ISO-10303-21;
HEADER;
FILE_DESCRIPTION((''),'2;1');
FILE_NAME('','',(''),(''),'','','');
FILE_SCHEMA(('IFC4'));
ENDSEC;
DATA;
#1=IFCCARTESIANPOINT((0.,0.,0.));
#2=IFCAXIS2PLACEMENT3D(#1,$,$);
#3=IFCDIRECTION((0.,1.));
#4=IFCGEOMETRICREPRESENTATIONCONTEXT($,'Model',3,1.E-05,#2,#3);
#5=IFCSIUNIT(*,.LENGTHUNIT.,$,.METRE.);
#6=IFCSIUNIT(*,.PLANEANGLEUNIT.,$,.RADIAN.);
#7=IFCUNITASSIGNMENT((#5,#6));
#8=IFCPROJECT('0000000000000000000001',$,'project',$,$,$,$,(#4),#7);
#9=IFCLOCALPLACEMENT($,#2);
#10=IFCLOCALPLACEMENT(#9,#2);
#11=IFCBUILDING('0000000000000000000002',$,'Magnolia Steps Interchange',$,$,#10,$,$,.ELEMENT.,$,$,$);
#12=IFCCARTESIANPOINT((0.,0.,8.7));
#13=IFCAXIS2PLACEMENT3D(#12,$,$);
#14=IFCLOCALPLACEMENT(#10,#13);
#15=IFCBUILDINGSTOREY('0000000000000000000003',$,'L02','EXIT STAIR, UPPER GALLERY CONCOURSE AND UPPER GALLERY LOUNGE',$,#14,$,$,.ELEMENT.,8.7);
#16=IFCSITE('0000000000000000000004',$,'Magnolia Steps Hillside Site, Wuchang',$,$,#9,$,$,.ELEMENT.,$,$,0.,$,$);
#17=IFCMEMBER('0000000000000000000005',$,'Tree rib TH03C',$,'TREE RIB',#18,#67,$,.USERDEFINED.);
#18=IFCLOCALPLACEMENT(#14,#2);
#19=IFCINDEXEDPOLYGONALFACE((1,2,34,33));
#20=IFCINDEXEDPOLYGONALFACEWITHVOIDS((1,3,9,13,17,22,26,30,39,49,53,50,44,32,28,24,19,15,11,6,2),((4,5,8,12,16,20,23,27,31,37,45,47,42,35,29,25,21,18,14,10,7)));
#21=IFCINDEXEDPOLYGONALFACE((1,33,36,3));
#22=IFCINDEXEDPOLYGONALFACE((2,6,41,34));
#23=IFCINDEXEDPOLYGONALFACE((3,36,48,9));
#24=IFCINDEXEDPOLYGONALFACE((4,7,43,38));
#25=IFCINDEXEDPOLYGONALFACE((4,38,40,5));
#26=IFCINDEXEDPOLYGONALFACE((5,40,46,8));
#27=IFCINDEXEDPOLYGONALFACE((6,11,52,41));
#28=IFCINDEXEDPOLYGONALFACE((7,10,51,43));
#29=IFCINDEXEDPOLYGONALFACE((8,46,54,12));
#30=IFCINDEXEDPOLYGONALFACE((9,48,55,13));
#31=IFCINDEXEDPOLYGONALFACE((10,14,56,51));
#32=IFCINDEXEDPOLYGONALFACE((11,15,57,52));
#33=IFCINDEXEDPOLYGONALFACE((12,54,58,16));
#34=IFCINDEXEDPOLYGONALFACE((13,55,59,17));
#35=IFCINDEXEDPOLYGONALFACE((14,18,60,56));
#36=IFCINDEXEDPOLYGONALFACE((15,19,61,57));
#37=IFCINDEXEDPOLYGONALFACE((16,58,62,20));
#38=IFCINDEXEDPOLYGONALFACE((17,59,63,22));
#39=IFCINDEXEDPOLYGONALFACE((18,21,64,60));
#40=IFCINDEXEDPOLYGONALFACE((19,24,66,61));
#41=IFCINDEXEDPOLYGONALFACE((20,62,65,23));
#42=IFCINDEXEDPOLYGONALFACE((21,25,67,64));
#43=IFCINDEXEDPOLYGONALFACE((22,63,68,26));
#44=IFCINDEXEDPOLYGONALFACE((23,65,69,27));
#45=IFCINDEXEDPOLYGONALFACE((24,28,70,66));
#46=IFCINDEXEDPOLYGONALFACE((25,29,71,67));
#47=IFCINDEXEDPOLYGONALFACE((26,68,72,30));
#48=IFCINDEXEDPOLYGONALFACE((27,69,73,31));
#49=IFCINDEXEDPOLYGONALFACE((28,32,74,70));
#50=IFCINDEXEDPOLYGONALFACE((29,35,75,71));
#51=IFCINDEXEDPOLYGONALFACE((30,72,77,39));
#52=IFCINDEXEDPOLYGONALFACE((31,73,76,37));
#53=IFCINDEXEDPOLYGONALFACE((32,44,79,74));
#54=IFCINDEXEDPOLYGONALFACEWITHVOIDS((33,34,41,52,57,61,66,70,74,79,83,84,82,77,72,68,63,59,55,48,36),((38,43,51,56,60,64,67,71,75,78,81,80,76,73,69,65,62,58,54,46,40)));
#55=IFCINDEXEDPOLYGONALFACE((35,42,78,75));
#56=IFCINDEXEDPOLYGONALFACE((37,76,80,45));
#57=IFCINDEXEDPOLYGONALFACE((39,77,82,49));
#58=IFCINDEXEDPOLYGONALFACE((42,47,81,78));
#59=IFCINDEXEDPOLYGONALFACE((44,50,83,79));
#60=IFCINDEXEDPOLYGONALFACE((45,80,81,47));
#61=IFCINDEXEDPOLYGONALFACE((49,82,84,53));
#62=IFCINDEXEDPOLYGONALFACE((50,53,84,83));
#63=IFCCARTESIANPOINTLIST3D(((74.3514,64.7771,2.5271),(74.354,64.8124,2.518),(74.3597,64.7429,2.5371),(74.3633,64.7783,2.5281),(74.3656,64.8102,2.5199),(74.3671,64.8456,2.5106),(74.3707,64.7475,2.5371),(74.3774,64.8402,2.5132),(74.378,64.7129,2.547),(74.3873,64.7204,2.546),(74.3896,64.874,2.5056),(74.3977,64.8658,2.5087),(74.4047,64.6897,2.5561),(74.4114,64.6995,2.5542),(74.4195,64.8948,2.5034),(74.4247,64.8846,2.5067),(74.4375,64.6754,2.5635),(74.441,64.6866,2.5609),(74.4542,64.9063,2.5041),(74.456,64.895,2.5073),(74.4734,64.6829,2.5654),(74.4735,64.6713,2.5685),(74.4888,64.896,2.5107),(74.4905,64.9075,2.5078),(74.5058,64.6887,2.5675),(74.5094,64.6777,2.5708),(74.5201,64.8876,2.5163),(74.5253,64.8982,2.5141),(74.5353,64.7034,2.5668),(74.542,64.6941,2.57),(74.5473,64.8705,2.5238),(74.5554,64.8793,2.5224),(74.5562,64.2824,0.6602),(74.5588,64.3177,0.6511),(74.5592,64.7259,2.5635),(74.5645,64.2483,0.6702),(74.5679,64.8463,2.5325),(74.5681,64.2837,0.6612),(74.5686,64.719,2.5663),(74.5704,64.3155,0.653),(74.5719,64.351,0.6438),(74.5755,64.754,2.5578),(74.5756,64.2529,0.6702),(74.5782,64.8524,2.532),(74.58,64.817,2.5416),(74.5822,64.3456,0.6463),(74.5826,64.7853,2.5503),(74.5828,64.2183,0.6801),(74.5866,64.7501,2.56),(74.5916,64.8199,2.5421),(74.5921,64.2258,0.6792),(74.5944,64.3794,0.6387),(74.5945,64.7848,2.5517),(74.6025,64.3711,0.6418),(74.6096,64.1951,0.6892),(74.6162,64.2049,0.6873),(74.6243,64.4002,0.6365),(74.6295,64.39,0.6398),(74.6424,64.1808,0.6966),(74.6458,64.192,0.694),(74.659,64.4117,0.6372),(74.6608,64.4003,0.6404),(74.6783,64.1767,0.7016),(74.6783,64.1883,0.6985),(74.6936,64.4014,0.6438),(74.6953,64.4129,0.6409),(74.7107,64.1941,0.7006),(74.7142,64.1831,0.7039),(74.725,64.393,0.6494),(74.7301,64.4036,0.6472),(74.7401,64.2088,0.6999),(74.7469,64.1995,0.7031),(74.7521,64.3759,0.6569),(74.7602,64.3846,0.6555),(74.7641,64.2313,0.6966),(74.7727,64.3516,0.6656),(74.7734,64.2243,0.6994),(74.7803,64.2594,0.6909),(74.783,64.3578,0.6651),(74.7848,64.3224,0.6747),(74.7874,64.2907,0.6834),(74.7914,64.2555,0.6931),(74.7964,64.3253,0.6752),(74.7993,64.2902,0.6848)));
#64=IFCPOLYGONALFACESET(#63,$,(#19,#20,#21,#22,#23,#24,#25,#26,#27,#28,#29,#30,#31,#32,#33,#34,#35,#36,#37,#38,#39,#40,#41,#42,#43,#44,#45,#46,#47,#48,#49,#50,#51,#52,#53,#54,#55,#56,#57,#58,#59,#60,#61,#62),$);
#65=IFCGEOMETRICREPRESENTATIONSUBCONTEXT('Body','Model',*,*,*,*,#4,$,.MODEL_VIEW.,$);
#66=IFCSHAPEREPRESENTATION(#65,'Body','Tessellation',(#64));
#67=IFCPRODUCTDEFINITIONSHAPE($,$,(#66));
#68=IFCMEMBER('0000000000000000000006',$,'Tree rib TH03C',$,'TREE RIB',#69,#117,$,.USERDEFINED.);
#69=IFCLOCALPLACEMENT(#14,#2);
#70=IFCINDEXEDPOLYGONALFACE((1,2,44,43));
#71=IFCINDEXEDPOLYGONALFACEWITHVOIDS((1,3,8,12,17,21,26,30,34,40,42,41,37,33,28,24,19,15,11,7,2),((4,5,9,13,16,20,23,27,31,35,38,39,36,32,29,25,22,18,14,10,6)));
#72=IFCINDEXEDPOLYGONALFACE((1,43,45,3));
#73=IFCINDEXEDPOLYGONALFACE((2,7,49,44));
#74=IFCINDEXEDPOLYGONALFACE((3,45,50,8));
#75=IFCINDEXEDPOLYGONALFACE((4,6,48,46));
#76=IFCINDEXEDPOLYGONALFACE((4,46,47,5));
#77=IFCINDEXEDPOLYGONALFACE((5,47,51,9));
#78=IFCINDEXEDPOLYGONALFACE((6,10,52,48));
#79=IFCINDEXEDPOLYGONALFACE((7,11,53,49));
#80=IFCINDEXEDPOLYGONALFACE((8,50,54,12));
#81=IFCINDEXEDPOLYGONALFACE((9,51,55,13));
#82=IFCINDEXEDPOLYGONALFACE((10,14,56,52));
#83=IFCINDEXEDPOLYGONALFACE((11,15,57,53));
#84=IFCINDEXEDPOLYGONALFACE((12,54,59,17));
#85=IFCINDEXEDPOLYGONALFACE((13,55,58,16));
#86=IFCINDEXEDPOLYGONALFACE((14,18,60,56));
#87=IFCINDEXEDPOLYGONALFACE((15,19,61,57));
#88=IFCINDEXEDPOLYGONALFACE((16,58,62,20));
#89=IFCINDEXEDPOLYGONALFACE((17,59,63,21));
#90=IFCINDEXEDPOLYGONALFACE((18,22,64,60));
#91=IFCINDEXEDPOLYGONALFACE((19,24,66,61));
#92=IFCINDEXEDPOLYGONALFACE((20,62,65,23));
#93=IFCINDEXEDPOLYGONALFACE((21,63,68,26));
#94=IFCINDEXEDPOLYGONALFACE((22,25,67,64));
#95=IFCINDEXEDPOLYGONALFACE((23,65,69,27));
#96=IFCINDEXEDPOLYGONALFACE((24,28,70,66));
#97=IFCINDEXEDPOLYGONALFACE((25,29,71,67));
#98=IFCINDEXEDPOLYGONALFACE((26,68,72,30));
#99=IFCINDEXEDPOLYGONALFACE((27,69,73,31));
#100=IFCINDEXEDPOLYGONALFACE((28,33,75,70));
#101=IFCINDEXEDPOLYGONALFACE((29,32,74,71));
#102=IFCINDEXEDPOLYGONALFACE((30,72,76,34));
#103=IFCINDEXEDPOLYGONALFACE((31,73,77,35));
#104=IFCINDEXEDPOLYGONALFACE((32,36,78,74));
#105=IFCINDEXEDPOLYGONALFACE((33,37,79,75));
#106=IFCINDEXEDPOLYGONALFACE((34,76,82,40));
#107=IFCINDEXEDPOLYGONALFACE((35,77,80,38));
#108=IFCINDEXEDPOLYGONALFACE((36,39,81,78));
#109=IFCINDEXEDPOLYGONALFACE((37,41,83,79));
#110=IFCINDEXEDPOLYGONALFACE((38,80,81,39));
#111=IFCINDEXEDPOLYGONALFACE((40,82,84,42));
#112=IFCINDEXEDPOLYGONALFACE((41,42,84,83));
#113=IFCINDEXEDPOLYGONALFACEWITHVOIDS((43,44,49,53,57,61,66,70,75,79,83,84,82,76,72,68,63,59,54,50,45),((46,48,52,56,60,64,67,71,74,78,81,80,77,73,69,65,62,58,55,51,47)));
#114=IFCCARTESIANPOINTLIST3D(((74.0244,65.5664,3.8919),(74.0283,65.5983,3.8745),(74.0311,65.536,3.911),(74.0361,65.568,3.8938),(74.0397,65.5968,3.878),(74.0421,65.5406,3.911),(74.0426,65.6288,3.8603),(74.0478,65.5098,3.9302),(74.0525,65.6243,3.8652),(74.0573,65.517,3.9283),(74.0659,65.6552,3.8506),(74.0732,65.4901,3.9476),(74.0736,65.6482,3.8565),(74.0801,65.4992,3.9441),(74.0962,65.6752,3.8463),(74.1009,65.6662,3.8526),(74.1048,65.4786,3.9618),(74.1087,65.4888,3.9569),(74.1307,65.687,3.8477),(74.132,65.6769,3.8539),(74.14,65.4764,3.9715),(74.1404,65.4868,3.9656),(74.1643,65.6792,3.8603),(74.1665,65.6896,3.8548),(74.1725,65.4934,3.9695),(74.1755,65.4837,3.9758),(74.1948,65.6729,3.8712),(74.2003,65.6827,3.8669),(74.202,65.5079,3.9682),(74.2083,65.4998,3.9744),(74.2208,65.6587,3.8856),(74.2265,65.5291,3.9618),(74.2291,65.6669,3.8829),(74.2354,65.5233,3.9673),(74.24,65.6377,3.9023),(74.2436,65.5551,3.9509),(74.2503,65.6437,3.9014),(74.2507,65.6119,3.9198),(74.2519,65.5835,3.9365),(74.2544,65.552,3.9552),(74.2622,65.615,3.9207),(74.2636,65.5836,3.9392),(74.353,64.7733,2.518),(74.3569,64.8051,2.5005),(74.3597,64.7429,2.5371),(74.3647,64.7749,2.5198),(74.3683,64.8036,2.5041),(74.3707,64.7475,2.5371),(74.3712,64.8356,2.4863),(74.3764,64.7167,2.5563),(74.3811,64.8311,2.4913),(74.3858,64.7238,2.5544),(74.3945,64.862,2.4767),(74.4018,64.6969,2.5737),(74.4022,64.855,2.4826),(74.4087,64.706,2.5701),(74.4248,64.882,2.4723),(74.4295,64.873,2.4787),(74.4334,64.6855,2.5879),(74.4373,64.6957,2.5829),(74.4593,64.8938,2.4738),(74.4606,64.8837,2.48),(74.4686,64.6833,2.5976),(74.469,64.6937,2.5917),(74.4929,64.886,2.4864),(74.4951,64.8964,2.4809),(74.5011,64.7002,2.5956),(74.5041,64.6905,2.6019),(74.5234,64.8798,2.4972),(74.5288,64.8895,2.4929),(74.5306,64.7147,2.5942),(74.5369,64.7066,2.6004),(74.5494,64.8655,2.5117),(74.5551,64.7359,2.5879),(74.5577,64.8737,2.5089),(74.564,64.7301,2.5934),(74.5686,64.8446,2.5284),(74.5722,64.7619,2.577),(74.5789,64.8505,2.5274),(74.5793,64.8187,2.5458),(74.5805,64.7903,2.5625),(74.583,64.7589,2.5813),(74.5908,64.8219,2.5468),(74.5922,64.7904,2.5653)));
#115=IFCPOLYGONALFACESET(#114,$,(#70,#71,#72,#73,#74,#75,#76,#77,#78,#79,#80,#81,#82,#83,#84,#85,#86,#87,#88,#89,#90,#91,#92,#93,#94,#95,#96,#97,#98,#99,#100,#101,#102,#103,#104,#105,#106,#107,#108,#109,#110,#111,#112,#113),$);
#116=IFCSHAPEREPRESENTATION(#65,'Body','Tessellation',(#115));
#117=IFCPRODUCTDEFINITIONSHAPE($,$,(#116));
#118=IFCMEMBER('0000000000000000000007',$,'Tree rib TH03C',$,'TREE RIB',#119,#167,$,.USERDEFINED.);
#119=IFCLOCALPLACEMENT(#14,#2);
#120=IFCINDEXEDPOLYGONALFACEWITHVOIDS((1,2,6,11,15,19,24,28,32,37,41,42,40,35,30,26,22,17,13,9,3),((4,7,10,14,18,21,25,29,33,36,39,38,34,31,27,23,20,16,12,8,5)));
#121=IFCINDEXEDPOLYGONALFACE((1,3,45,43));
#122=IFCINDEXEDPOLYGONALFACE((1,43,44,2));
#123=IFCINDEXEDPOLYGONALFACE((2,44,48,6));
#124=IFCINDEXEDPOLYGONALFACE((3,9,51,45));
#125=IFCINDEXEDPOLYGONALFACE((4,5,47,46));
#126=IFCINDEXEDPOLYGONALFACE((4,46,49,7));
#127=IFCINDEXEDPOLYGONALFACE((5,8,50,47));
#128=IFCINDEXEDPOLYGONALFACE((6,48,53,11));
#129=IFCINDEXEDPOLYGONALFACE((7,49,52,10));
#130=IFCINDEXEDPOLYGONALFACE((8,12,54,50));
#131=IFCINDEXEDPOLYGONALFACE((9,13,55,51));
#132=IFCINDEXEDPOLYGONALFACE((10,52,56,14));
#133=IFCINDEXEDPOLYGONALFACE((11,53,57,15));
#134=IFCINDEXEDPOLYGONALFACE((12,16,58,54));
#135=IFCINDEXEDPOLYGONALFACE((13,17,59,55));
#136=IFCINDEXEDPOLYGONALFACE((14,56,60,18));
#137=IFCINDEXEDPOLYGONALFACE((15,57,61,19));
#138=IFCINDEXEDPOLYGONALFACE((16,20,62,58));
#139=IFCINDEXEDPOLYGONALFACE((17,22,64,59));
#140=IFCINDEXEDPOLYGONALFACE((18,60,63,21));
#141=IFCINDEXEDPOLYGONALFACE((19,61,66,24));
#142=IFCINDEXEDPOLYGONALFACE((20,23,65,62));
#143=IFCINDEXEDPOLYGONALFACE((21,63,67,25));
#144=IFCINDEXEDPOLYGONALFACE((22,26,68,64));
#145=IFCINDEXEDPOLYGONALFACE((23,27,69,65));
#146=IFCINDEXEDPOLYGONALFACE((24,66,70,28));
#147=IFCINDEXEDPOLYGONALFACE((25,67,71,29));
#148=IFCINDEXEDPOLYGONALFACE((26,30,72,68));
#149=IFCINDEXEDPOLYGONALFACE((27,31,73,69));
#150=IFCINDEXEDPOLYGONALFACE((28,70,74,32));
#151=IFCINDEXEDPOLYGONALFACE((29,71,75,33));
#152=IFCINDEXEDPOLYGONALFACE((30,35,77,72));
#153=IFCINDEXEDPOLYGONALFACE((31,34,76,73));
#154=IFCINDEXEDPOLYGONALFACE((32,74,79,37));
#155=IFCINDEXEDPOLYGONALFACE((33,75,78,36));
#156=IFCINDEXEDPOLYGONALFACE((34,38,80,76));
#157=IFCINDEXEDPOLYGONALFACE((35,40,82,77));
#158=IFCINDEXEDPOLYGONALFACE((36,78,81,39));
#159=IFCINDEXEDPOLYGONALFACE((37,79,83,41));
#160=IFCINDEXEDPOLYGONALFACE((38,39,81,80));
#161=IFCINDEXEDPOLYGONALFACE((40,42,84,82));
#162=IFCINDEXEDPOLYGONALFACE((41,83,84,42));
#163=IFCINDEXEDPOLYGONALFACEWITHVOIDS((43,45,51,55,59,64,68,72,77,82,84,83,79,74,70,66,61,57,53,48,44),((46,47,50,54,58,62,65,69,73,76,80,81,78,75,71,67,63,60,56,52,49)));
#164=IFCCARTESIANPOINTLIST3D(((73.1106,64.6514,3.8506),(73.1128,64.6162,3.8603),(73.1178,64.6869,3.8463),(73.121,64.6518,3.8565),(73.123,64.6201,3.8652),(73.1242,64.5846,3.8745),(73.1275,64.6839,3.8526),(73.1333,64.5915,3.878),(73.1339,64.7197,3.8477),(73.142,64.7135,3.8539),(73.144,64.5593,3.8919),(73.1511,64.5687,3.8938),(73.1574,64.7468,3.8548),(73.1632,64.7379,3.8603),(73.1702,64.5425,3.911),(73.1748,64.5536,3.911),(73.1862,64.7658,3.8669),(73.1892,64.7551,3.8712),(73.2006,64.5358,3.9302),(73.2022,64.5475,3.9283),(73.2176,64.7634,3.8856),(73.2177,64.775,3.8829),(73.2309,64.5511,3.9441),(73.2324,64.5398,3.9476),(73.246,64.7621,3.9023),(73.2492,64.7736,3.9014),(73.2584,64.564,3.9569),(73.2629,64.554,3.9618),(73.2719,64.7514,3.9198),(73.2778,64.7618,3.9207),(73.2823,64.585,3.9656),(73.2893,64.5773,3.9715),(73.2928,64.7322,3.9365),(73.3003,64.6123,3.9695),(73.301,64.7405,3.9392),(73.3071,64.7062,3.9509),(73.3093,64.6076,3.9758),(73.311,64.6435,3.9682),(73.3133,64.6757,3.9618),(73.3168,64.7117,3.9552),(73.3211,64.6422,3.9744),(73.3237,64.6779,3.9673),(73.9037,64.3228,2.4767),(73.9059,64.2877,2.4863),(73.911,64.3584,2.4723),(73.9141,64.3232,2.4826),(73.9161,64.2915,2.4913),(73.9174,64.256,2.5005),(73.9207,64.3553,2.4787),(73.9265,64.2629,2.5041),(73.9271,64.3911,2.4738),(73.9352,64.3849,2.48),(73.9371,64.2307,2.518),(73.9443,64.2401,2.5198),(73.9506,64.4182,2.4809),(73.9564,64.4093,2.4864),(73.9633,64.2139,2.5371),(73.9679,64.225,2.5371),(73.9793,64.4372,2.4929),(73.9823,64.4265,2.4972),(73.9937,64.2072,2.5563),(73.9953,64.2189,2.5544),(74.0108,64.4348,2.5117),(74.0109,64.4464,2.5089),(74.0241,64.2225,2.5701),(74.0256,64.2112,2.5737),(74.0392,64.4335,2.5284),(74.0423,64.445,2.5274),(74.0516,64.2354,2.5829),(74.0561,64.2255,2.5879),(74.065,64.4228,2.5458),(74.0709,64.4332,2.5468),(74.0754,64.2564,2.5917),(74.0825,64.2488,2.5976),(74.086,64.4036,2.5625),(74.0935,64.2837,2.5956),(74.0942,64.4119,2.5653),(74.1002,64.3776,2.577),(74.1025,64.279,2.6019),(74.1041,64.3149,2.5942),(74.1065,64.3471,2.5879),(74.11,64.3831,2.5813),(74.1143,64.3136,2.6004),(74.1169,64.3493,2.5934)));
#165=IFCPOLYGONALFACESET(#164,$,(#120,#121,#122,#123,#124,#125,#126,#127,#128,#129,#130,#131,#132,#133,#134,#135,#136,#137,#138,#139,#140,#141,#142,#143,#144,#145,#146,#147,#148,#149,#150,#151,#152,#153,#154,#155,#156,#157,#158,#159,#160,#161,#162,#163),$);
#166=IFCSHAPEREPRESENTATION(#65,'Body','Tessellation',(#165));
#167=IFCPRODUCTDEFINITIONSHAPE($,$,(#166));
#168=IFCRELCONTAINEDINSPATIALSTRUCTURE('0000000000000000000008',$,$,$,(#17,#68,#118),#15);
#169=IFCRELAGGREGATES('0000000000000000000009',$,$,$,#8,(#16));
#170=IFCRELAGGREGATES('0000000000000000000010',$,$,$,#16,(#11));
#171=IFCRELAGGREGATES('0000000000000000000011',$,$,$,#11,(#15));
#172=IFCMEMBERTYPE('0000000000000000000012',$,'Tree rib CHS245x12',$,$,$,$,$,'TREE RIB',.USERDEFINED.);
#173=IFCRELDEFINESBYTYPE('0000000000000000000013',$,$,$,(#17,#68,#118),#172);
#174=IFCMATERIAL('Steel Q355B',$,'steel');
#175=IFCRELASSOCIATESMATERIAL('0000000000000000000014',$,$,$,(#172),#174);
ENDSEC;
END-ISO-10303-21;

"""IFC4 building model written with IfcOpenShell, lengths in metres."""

from ifc_helpers import new_model, si_unit, direction, frame, origin, origin_2d, place, context, subcontext, project, spatial, hollow_circle, extrude, material, material_profile, profile_set, type_object, element, save


model = new_model("IFC4")

# Units and contexts
model_context = context("Model", 3, precision=1e-05, world=origin(), true_north=direction((0.0, 1.0)))
body_context = subcontext(model_context, "Body", "Model", "MODEL_VIEW")
ifc_project = project(units=[si_unit("LENGTHUNIT", "METRE"), si_unit("PLANEANGLEUNIT", "RADIAN")], contexts=[model_context])

# Site, building, storey
site_placement = place(None, origin())
site = spatial("IfcSite", under=ifc_project, at=site_placement, Name="Magnolia Steps Hillside Site, Wuchang", CompositionType="ELEMENT", RefElevation=0.0)
building_placement = place(site_placement, origin())
building = spatial("IfcBuilding", under=site, at=building_placement, Name="Magnolia Steps Interchange", CompositionType="ELEMENT")
storey_placement = place(building_placement, frame((0.0, 0.0, 8.7)))
storey = spatial("IfcBuildingStorey", under=building, at=storey_placement, Name="L02", Description="EXIT STAIR, UPPER GALLERY CONCOURSE AND UPPER GALLERY LOUNGE", CompositionType="ELEMENT", Elevation=8.7)

# Members
ifc_material_1 = material(Name="Steel Q355B", Category="steel")
ifc_material_profile_1 = material_profile(ifc_material_1, hollow_circle(Radius=0.1226, WallThickness=0.012, at=origin_2d()), Name="CHS245x12")
ifc_profile_set_1 = profile_set([ifc_material_profile_1], Name="Steel Q355B")
member_type_1 = type_object("IfcMemberType", Name="Tree rib CHS245x12", ElementType="TREE RIB", PredefinedType="USERDEFINED", material=ifc_profile_set_1)
member_1_placement = place(storey_placement, frame((74.6777, 64.2952, 0.6702), z_axis=(-0.105466, 0.254676, 0.961258), x_axis=(-0.923911, -0.382607, 0.0)))
element("IfcMember", 1, at=member_1_placement, inside=storey, type_object=member_type_1, Name="Tree rib TH03C", ObjectType="TREE RIB", PredefinedType="USERDEFINED", context=body_context, shape_type="SweptSolid", body=[
    extrude(hollow_circle(Radius=0.1226, WallThickness=0.012, at=origin_2d()), origin(), (0.0, 0.0, 1.0), 1.9421),
])
for number, where, z_axis, x_axis, name in (
    (2, (74.4729, 64.7898, 2.5371), (-0.20282, 0.489571, 0.848047), (-0.923857, -0.382737, 0.0), "Tree rib TH03C"),
    (3, (74.0103, 64.3271, 2.5371), (-0.489571, 0.20282, 0.848047), (-0.382737, -0.923857, 0.0), "Tree rib TH03C"),
):
    element("IfcMember", number, at=place(storey_placement, frame(where, z_axis=z_axis, x_axis=x_axis)), inside=storey, type_object=member_type_1, Name=name, ObjectType="TREE RIB", PredefinedType="USERDEFINED", context=body_context, shape_type="SweptSolid", body=[
        extrude(hollow_circle(Radius=0.1226, WallThickness=0.012, at=origin_2d()), origin(), (0.0, 0.0, 1.0), 1.6201),
    ])

save(model, "model.ifc")
